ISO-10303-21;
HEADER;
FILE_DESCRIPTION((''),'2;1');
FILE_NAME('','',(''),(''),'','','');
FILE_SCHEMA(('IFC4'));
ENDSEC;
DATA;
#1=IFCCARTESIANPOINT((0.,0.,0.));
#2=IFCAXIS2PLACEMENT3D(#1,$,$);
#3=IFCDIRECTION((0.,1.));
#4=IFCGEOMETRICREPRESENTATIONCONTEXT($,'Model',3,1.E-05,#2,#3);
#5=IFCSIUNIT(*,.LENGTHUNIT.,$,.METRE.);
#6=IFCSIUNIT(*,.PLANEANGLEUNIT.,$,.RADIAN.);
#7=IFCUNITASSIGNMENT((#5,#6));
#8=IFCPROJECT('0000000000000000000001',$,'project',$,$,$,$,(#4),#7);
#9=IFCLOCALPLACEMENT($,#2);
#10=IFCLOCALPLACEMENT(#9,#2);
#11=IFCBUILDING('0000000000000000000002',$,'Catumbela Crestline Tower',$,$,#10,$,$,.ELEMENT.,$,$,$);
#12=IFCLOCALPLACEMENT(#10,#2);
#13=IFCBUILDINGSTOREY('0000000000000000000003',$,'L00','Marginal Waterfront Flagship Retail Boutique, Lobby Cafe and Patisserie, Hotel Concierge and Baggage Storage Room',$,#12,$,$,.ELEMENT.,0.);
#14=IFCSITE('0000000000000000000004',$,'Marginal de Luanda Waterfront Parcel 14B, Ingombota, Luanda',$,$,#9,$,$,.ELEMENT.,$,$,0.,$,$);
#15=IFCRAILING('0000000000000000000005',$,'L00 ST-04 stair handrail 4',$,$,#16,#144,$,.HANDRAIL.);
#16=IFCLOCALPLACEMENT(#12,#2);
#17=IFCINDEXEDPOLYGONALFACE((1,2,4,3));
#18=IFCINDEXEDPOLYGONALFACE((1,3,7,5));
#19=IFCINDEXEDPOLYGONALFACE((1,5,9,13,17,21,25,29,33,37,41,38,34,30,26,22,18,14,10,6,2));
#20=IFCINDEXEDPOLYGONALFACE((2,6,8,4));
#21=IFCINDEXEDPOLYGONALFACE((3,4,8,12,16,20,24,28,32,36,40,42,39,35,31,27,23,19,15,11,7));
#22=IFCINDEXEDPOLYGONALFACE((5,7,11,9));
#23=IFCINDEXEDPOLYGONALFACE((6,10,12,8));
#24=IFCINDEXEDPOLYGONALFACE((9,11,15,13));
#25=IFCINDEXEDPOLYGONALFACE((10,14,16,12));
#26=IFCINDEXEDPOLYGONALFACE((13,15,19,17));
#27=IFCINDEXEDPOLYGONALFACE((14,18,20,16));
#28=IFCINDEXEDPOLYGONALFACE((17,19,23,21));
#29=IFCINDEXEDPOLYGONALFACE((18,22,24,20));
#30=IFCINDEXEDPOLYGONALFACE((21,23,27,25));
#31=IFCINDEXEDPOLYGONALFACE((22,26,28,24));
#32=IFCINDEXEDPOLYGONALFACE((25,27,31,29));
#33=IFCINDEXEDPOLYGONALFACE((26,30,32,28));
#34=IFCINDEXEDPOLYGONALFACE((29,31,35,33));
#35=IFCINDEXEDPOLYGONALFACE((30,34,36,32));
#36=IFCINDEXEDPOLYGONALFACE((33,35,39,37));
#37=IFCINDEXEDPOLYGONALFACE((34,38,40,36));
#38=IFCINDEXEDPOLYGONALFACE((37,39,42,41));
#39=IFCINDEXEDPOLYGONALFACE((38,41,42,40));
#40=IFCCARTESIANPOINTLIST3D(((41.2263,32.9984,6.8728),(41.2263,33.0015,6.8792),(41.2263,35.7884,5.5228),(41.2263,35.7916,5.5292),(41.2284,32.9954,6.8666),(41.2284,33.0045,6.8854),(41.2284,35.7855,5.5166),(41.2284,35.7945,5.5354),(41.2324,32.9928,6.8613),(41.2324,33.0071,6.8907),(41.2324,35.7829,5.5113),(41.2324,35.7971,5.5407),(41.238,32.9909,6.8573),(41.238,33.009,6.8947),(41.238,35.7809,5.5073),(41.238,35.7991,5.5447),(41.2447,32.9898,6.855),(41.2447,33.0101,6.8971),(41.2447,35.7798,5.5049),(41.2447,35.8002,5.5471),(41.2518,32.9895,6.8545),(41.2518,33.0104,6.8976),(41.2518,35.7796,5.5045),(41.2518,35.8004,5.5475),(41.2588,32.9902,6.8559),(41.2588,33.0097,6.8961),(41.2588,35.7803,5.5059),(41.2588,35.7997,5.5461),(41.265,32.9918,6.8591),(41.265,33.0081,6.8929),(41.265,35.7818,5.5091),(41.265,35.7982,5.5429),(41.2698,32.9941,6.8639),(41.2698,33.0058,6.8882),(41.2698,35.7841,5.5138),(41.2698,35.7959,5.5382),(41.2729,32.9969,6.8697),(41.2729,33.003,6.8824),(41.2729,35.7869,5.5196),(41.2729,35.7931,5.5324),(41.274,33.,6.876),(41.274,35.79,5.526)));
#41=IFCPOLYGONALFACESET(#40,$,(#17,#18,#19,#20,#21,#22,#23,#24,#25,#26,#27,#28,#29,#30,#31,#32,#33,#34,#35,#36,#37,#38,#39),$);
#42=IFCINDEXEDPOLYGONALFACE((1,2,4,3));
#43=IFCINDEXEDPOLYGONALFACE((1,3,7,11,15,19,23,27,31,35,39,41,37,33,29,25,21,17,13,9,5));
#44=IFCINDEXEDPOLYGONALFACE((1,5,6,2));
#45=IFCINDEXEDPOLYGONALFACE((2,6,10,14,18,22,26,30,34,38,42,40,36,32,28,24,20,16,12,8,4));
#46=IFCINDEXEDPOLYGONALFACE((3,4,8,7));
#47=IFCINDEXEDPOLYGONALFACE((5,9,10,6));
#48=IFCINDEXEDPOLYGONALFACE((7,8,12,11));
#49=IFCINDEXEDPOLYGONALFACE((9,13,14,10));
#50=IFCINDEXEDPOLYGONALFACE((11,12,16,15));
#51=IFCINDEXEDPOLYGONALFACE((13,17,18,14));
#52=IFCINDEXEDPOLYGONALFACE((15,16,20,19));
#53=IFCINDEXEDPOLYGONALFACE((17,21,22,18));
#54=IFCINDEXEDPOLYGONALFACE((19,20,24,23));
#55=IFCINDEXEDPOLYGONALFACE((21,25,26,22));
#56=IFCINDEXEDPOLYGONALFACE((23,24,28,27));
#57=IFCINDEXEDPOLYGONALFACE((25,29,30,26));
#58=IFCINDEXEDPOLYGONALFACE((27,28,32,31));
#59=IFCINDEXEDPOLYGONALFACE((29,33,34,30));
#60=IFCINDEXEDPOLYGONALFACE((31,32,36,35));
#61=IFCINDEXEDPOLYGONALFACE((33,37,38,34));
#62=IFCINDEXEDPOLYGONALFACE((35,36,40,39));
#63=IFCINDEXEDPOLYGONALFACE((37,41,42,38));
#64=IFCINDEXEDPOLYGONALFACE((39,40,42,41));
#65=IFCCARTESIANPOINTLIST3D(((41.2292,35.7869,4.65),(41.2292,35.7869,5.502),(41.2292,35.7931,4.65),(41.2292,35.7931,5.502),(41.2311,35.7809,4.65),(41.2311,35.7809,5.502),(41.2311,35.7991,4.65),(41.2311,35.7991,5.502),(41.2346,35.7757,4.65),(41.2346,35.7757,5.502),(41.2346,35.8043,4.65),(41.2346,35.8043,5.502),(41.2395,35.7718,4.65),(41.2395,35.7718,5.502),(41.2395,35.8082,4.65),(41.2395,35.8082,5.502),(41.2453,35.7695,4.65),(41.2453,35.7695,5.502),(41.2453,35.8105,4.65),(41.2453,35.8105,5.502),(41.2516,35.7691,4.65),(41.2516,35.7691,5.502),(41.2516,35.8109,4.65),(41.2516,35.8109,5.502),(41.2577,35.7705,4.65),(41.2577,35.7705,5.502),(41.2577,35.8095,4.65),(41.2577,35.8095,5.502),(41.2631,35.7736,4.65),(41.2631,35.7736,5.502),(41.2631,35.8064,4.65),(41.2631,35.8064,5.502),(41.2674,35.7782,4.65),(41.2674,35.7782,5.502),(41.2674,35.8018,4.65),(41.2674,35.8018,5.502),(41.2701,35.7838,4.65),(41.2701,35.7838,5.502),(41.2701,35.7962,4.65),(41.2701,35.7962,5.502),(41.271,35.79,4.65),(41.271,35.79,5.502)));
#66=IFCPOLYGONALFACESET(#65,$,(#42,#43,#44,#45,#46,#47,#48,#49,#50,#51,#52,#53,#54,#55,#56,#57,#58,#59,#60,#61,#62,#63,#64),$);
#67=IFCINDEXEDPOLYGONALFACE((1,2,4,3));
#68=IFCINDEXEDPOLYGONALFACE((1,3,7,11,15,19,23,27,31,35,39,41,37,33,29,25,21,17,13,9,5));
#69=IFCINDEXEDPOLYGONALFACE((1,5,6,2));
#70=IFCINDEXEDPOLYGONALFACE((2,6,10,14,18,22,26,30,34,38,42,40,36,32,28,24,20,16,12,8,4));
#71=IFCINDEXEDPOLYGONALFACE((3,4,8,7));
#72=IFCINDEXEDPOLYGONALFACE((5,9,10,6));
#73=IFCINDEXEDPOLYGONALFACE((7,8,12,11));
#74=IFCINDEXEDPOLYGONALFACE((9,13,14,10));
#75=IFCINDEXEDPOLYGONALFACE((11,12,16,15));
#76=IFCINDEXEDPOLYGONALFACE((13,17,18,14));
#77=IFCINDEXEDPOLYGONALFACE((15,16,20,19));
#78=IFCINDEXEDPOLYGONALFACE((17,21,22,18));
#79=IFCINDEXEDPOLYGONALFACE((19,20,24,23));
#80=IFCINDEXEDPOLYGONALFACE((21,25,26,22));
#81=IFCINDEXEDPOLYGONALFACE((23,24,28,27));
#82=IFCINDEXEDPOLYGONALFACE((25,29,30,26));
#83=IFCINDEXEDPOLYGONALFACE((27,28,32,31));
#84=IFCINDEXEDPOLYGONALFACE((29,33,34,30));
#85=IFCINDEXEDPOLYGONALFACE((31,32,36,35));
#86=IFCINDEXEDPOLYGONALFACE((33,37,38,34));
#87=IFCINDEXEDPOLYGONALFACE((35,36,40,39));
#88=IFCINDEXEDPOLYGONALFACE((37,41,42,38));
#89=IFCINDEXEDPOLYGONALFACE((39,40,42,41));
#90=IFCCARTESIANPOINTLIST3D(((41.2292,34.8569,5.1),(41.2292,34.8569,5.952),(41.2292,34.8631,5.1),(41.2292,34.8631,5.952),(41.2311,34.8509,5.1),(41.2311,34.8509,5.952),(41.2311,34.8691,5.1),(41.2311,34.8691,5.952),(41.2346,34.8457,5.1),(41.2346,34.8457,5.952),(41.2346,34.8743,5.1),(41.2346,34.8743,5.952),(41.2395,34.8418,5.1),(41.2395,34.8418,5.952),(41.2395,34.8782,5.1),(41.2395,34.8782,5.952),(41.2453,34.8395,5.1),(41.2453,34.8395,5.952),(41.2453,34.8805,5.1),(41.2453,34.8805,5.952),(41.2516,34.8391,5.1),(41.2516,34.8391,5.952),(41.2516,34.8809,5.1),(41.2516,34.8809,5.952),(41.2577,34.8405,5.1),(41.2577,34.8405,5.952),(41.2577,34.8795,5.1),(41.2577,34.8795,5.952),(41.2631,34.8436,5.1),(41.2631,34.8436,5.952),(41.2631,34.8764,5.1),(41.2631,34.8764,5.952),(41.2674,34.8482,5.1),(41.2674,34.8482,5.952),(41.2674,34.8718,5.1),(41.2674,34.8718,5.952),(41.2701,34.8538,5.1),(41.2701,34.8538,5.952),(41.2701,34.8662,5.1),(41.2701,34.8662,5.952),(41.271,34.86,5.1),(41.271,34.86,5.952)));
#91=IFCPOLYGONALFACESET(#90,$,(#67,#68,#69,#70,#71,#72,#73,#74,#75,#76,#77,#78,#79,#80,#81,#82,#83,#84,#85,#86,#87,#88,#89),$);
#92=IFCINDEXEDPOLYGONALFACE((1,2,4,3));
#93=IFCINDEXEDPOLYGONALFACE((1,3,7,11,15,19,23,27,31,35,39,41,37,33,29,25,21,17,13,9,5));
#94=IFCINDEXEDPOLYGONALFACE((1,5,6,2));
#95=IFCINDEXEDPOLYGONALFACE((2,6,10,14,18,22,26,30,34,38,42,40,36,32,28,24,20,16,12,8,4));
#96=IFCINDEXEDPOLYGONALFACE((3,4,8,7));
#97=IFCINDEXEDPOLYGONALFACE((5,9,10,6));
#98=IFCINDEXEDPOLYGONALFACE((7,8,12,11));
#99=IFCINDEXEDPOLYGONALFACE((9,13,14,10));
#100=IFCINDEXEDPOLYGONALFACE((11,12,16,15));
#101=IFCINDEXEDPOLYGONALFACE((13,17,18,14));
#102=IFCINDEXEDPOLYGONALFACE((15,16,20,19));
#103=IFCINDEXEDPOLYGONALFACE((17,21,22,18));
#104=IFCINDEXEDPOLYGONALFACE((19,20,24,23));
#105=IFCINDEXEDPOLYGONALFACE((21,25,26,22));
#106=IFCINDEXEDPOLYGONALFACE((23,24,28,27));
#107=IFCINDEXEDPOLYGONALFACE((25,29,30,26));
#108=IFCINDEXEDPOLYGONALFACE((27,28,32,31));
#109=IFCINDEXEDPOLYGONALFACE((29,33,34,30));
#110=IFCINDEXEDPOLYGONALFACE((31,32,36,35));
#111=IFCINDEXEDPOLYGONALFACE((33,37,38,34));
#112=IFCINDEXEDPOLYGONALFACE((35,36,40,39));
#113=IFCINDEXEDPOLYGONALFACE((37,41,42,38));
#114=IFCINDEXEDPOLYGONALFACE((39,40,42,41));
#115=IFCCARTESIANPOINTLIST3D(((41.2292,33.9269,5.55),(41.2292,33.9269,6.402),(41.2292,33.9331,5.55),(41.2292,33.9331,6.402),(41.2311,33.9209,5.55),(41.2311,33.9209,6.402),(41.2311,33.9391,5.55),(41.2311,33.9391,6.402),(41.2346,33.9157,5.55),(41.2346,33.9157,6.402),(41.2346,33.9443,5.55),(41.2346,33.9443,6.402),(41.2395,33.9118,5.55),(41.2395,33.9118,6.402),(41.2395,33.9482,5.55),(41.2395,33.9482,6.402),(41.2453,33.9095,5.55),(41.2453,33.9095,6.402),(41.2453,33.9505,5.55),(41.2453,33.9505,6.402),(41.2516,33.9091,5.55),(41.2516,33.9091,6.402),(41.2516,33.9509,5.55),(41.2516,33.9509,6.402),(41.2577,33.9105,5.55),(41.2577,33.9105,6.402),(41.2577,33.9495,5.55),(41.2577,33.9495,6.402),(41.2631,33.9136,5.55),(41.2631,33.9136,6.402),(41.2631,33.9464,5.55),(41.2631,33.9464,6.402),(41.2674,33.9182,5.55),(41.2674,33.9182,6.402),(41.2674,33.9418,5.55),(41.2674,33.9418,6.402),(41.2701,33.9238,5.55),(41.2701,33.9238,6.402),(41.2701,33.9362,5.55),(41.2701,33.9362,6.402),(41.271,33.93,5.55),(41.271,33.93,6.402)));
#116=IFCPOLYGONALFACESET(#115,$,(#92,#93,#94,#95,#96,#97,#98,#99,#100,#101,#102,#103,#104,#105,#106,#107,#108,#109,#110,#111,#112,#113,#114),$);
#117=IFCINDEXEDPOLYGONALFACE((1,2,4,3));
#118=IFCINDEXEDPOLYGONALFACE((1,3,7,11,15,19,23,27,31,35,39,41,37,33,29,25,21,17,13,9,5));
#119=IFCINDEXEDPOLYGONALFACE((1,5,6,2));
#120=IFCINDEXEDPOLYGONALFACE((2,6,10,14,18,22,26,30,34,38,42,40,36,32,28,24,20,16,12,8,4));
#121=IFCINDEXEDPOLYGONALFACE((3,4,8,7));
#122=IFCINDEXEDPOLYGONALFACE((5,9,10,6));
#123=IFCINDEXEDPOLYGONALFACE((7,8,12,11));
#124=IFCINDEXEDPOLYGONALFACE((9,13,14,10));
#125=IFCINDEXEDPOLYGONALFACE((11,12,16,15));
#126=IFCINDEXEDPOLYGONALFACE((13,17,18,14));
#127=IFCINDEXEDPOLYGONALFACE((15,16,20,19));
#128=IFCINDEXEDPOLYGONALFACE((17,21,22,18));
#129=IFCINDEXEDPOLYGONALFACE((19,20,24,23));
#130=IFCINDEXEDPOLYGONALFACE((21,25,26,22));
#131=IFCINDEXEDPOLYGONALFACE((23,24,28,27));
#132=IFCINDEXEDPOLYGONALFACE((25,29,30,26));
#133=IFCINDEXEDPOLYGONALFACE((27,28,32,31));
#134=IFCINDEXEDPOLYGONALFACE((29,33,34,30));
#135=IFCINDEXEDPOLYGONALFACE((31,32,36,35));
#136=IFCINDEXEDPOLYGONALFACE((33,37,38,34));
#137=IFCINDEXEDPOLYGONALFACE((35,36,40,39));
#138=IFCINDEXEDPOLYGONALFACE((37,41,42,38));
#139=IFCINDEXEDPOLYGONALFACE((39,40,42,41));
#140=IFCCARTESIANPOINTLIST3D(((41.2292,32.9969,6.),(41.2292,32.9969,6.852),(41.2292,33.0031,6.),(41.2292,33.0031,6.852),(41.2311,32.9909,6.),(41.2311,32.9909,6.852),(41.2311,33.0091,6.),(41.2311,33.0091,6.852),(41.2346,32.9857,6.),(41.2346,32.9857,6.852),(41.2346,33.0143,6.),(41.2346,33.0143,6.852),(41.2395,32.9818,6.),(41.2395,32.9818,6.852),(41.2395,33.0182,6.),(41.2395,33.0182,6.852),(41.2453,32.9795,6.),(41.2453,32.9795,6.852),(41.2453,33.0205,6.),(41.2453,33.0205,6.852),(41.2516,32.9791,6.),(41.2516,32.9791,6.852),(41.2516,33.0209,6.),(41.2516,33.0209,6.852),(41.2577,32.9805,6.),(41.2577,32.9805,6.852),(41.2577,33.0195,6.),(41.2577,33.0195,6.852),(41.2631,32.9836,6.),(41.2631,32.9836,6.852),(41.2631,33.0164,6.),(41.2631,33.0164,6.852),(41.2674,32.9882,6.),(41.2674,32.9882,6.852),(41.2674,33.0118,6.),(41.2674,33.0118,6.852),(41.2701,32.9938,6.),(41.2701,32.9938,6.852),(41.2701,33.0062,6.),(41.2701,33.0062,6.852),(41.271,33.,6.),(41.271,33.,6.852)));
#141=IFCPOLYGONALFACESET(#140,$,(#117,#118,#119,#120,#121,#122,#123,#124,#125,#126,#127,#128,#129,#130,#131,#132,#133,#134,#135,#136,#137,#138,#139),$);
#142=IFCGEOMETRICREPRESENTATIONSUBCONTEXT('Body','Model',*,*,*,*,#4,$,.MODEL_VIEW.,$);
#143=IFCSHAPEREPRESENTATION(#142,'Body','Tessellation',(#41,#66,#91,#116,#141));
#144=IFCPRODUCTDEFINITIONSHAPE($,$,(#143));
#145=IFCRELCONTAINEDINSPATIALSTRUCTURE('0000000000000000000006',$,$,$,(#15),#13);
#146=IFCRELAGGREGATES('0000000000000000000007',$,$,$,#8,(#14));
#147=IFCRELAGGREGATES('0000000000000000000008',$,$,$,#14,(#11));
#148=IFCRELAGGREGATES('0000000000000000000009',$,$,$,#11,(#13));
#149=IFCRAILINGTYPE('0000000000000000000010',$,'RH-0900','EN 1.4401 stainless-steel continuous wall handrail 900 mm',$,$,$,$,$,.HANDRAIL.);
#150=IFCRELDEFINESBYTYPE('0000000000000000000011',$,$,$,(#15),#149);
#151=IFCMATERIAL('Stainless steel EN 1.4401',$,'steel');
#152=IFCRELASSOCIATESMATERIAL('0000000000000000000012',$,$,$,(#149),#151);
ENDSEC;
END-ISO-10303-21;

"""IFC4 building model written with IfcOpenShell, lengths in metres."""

from ifc_helpers import new_model, si_unit, direction, frame, origin, origin_2d, place, context, subcontext, project, spatial, circle, extrude, material, type_object, element, save


model = new_model("IFC4")

# Units and contexts
model_context = context("Model", 3, precision=1e-05, world=origin(), true_north=direction((0.0, 1.0)))
body_context = subcontext(model_context, "Body", "Model", "MODEL_VIEW")
ifc_project = project(units=[si_unit("LENGTHUNIT", "METRE"), si_unit("PLANEANGLEUNIT", "RADIAN")], contexts=[model_context])

# Site, building, storey
site_placement = place(None, origin())
site = spatial("IfcSite", under=ifc_project, at=site_placement, Name="Marginal de Luanda Waterfront Parcel 14B, Ingombota, Luanda", CompositionType="ELEMENT", RefElevation=0.0)
building_placement = place(site_placement, origin())
building = spatial("IfcBuilding", under=site, at=building_placement, Name="Catumbela Crestline Tower", CompositionType="ELEMENT")
storey_placement = place(building_placement, origin())
storey = spatial("IfcBuildingStorey", under=building, at=storey_placement, Name="L00", Description="Marginal Waterfront Flagship Retail Boutique, Lobby Cafe and Patisserie, Hotel Concierge and Baggage Storage Room", CompositionType="ELEMENT", Elevation=0.0)

# Shared definitions
ifc_material_1 = material(Name="Stainless steel EN 1.4401", Category="steel")

# Railing
railing_type_1 = type_object("IfcRailingType", Name="RH-0900", Description="EN 1.4401 stainless-steel continuous wall handrail 900 mm", PredefinedType="HANDRAIL", material=ifc_material_1)
railing_1_placement = place(storey_placement, frame((41.25, 35.79, 4.65)))
element("IfcRailing", 1, at=railing_1_placement, inside=storey, type_object=railing_type_1, Name="L00 ST-04 stair handrail 4", PredefinedType="HANDRAIL", context=body_context, shape_type="SweptSolid", body=[
    extrude(circle(Radius=0.024, at=origin_2d()), frame((0.0, 0.0, 0.876), z_axis=(0.0, -0.900159, 0.435561), x_axis=(1.0, 0.0, 0.0)), (0.0, 0.0, 1.0), 3.0995),
    extrude(circle(Radius=0.021, at=origin_2d()), origin(), (0.0, 0.0, 1.0), 0.852),
    extrude(circle(Radius=0.021, at=origin_2d()), frame((0.0, -0.93, 0.45)), (0.0, 0.0, 1.0), 0.852),
    extrude(circle(Radius=0.021, at=origin_2d()), frame((0.0, -1.86, 0.9)), (0.0, 0.0, 1.0), 0.852),
    extrude(circle(Radius=0.021, at=origin_2d()), frame((0.0, -2.79, 1.35)), (0.0, 0.0, 1.0), 0.852),
])

save(model, "model.ifc")
